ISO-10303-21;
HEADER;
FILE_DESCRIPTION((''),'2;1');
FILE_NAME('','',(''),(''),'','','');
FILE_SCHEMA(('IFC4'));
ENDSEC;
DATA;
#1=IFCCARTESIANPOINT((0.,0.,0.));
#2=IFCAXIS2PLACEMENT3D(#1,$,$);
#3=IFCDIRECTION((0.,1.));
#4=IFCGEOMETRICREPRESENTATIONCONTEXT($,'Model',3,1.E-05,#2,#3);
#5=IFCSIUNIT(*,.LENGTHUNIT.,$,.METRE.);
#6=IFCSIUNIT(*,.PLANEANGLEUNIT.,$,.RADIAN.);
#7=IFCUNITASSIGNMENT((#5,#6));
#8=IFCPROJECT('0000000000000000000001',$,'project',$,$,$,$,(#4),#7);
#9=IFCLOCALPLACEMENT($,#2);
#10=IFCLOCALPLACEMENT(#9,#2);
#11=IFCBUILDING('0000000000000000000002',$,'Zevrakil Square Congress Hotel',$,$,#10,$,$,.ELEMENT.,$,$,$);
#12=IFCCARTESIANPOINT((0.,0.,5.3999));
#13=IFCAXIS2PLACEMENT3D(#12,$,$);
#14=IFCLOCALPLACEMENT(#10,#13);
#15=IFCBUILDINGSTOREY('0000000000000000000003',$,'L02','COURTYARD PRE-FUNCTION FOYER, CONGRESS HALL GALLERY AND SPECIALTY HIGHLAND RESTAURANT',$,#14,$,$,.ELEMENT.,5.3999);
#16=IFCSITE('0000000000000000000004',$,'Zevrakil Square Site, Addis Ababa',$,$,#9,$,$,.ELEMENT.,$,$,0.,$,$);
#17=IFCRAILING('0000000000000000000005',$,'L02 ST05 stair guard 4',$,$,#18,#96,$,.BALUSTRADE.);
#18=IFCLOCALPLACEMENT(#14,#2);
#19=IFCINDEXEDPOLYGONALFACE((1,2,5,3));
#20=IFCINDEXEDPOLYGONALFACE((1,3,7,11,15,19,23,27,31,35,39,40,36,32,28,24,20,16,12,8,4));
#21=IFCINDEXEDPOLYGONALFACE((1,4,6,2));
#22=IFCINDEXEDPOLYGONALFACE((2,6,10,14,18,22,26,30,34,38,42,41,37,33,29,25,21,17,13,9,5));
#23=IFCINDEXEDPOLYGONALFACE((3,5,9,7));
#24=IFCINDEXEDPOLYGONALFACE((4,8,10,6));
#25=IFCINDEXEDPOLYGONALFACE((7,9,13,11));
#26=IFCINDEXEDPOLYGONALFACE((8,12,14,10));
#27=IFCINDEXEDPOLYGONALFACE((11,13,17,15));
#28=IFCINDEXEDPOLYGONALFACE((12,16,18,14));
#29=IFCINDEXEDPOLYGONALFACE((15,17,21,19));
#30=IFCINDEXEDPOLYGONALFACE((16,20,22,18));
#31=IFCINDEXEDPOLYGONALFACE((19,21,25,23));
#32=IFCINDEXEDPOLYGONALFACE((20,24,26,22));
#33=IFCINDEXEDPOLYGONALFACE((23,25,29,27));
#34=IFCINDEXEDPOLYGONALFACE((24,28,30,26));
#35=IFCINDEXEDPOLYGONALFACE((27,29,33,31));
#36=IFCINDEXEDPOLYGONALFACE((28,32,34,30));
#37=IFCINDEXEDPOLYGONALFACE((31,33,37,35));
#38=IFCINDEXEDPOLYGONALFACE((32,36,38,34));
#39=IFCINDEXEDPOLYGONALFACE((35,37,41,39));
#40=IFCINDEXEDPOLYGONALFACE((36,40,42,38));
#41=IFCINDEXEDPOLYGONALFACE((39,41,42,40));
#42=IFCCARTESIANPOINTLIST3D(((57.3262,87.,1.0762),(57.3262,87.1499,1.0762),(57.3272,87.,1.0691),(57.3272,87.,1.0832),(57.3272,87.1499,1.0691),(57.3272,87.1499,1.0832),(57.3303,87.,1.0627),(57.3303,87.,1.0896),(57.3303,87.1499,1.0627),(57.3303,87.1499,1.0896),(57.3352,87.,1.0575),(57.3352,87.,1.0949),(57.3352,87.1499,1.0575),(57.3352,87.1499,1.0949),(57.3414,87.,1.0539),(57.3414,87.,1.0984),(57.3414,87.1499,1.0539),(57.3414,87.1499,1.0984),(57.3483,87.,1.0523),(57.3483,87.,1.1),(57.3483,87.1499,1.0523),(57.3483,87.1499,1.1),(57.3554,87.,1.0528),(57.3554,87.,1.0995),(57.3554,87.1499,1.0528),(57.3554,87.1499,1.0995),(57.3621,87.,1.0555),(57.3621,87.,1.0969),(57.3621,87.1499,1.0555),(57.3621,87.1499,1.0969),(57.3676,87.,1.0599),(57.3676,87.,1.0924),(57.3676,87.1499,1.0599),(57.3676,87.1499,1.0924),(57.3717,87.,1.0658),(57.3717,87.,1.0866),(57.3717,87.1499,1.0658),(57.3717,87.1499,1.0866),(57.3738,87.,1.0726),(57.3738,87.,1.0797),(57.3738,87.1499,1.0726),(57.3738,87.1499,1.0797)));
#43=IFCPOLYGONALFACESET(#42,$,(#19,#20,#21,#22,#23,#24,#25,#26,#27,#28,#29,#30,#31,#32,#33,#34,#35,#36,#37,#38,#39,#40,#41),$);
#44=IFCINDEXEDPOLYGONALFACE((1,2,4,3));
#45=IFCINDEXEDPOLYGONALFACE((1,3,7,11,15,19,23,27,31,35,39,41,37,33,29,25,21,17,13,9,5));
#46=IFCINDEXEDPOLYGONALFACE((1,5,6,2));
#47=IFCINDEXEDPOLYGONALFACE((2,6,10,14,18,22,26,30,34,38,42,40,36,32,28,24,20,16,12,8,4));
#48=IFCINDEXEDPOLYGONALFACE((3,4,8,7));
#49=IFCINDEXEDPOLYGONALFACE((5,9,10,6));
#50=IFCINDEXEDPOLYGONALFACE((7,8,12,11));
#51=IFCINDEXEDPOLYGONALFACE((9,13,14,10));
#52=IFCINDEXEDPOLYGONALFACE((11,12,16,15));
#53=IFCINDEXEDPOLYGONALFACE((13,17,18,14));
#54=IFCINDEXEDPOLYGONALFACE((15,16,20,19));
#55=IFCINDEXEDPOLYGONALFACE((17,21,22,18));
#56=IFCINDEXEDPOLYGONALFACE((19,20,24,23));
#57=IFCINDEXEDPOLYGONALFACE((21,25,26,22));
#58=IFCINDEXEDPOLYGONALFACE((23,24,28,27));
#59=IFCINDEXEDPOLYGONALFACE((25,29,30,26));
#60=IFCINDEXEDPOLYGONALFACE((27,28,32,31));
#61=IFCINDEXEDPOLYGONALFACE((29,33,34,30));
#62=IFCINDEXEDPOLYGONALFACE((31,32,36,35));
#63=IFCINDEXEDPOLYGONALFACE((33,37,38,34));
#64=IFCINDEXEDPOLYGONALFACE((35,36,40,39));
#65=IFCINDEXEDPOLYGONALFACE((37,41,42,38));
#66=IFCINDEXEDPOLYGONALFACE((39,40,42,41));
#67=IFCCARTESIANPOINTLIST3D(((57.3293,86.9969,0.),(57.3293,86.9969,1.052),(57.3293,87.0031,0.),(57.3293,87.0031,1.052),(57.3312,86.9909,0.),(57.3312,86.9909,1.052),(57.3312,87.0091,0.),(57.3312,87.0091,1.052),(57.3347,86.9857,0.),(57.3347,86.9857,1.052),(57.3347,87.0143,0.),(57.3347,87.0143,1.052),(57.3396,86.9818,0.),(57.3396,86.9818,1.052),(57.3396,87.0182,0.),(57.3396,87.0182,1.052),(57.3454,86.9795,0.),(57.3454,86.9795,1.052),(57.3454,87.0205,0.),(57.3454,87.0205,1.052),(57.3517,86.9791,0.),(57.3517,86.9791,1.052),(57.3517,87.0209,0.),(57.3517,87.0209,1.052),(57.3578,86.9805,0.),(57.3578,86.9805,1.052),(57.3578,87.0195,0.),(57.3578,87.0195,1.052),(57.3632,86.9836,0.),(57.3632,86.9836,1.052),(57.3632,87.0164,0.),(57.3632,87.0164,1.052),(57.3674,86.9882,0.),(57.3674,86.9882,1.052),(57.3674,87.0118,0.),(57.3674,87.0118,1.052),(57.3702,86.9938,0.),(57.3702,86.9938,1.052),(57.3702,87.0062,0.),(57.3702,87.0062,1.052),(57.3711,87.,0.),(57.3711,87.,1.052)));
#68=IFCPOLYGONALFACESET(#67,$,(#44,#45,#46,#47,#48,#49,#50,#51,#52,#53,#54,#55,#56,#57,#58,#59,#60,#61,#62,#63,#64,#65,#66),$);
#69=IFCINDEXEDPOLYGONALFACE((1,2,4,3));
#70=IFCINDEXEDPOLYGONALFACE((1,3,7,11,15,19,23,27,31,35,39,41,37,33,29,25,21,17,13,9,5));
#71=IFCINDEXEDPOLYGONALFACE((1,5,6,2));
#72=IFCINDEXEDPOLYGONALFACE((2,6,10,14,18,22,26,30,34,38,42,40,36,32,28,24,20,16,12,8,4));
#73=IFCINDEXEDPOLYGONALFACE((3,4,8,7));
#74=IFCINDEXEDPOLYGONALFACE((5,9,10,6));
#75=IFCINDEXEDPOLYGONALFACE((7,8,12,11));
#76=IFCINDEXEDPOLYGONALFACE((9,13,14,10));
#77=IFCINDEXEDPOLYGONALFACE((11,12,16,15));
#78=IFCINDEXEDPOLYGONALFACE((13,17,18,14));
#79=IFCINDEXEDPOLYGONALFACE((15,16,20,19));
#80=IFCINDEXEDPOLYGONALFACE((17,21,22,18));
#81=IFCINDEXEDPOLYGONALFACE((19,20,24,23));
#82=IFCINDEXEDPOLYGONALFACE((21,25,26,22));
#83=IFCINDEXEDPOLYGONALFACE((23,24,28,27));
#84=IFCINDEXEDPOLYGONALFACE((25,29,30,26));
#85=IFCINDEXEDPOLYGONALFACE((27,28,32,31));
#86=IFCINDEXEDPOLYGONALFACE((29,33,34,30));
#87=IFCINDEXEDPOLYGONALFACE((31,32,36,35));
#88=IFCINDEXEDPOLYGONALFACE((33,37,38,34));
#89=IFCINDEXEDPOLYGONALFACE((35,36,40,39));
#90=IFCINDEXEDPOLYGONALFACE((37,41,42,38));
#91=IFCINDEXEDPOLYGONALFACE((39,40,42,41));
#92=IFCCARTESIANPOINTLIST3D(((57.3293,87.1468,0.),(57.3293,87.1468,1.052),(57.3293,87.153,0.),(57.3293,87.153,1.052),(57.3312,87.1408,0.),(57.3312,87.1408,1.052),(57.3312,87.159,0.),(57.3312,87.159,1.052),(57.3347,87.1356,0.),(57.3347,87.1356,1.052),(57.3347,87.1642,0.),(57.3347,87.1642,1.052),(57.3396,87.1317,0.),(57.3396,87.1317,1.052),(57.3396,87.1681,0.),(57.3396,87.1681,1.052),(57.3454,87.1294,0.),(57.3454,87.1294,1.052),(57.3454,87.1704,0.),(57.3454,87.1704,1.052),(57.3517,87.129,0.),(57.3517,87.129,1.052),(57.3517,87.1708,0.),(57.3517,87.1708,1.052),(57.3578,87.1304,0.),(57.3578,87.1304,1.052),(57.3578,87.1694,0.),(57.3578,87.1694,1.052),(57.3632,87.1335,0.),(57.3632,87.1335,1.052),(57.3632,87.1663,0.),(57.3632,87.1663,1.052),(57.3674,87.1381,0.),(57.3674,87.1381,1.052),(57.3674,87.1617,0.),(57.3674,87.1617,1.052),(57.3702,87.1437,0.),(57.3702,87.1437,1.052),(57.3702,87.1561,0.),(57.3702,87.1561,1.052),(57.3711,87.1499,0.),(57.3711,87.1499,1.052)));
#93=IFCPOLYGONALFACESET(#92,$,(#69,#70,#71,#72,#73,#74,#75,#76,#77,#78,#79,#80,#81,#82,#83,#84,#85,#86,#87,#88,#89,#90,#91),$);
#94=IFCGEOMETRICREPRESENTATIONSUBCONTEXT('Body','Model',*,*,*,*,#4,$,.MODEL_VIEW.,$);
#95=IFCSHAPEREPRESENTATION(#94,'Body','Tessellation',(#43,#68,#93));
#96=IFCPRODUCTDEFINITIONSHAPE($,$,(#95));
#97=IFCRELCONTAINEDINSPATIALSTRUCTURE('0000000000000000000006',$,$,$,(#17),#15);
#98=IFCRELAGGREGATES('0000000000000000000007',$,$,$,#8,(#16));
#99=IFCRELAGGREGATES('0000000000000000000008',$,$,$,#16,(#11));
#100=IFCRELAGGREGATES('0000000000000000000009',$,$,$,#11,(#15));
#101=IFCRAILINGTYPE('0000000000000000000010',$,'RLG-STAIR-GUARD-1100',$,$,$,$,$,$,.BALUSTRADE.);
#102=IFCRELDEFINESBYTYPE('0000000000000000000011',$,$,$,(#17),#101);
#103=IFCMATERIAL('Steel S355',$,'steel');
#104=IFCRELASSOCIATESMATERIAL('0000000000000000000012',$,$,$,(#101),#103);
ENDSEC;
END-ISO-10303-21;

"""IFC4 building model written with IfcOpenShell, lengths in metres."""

from ifc_helpers import new_model, si_unit, direction, frame, origin, origin_2d, place, context, subcontext, project, spatial, circle, extrude, material, type_object, element, save


model = new_model("IFC4")

# Units and contexts
model_context = context("Model", 3, precision=1e-05, world=origin(), true_north=direction((0.0, 1.0)))
body_context = subcontext(model_context, "Body", "Model", "MODEL_VIEW")
ifc_project = project(units=[si_unit("LENGTHUNIT", "METRE"), si_unit("PLANEANGLEUNIT", "RADIAN")], contexts=[model_context])

# Site, building, storey
site_placement = place(None, origin())
site = spatial("IfcSite", under=ifc_project, at=site_placement, Name="Zevrakil Square Site, Addis Ababa", CompositionType="ELEMENT", RefElevation=0.0)
building_placement = place(site_placement, origin())
building = spatial("IfcBuilding", under=site, at=building_placement, Name="Zevrakil Square Congress Hotel", CompositionType="ELEMENT")
storey_placement = place(building_placement, frame((0.0, 0.0, 5.3999)))
storey = spatial("IfcBuildingStorey", under=building, at=storey_placement, Name="L02", Description="COURTYARD PRE-FUNCTION FOYER, CONGRESS HALL GALLERY AND SPECIALTY HIGHLAND RESTAURANT", CompositionType="ELEMENT", Elevation=5.3999)

# Railing
ifc_material_1 = material(Name="Steel S355", Category="steel")
railing_type_1 = type_object("IfcRailingType", Name="RLG-STAIR-GUARD-1100", PredefinedType="BALUSTRADE", material=ifc_material_1)
railing_1_placement = place(storey_placement, frame((57.3501, 87.0, 0.0)))
element("IfcRailing", 1, at=railing_1_placement, inside=storey, type_object=railing_type_1, Name="L02 ST05 stair guard 4", PredefinedType="BALUSTRADE", context=body_context, shape_type="SweptSolid", body=[
    extrude(circle(Radius=0.0239, at=origin_2d()), frame((0.0, 0.0, 1.0762), z_axis=(0.0, 1.0, 0.0), x_axis=(-1.0, 0.0, 0.0)), (0.0, 0.0, 1.0), 0.1499),
    extrude(circle(Radius=0.021, at=origin_2d()), origin(), (0.0, 0.0, 1.0), 1.052),
    extrude(circle(Radius=0.021, at=origin_2d()), frame((0.0, 0.1499, 0.0)), (0.0, 0.0, 1.0), 1.052),
])

save(model, "model.ifc")
